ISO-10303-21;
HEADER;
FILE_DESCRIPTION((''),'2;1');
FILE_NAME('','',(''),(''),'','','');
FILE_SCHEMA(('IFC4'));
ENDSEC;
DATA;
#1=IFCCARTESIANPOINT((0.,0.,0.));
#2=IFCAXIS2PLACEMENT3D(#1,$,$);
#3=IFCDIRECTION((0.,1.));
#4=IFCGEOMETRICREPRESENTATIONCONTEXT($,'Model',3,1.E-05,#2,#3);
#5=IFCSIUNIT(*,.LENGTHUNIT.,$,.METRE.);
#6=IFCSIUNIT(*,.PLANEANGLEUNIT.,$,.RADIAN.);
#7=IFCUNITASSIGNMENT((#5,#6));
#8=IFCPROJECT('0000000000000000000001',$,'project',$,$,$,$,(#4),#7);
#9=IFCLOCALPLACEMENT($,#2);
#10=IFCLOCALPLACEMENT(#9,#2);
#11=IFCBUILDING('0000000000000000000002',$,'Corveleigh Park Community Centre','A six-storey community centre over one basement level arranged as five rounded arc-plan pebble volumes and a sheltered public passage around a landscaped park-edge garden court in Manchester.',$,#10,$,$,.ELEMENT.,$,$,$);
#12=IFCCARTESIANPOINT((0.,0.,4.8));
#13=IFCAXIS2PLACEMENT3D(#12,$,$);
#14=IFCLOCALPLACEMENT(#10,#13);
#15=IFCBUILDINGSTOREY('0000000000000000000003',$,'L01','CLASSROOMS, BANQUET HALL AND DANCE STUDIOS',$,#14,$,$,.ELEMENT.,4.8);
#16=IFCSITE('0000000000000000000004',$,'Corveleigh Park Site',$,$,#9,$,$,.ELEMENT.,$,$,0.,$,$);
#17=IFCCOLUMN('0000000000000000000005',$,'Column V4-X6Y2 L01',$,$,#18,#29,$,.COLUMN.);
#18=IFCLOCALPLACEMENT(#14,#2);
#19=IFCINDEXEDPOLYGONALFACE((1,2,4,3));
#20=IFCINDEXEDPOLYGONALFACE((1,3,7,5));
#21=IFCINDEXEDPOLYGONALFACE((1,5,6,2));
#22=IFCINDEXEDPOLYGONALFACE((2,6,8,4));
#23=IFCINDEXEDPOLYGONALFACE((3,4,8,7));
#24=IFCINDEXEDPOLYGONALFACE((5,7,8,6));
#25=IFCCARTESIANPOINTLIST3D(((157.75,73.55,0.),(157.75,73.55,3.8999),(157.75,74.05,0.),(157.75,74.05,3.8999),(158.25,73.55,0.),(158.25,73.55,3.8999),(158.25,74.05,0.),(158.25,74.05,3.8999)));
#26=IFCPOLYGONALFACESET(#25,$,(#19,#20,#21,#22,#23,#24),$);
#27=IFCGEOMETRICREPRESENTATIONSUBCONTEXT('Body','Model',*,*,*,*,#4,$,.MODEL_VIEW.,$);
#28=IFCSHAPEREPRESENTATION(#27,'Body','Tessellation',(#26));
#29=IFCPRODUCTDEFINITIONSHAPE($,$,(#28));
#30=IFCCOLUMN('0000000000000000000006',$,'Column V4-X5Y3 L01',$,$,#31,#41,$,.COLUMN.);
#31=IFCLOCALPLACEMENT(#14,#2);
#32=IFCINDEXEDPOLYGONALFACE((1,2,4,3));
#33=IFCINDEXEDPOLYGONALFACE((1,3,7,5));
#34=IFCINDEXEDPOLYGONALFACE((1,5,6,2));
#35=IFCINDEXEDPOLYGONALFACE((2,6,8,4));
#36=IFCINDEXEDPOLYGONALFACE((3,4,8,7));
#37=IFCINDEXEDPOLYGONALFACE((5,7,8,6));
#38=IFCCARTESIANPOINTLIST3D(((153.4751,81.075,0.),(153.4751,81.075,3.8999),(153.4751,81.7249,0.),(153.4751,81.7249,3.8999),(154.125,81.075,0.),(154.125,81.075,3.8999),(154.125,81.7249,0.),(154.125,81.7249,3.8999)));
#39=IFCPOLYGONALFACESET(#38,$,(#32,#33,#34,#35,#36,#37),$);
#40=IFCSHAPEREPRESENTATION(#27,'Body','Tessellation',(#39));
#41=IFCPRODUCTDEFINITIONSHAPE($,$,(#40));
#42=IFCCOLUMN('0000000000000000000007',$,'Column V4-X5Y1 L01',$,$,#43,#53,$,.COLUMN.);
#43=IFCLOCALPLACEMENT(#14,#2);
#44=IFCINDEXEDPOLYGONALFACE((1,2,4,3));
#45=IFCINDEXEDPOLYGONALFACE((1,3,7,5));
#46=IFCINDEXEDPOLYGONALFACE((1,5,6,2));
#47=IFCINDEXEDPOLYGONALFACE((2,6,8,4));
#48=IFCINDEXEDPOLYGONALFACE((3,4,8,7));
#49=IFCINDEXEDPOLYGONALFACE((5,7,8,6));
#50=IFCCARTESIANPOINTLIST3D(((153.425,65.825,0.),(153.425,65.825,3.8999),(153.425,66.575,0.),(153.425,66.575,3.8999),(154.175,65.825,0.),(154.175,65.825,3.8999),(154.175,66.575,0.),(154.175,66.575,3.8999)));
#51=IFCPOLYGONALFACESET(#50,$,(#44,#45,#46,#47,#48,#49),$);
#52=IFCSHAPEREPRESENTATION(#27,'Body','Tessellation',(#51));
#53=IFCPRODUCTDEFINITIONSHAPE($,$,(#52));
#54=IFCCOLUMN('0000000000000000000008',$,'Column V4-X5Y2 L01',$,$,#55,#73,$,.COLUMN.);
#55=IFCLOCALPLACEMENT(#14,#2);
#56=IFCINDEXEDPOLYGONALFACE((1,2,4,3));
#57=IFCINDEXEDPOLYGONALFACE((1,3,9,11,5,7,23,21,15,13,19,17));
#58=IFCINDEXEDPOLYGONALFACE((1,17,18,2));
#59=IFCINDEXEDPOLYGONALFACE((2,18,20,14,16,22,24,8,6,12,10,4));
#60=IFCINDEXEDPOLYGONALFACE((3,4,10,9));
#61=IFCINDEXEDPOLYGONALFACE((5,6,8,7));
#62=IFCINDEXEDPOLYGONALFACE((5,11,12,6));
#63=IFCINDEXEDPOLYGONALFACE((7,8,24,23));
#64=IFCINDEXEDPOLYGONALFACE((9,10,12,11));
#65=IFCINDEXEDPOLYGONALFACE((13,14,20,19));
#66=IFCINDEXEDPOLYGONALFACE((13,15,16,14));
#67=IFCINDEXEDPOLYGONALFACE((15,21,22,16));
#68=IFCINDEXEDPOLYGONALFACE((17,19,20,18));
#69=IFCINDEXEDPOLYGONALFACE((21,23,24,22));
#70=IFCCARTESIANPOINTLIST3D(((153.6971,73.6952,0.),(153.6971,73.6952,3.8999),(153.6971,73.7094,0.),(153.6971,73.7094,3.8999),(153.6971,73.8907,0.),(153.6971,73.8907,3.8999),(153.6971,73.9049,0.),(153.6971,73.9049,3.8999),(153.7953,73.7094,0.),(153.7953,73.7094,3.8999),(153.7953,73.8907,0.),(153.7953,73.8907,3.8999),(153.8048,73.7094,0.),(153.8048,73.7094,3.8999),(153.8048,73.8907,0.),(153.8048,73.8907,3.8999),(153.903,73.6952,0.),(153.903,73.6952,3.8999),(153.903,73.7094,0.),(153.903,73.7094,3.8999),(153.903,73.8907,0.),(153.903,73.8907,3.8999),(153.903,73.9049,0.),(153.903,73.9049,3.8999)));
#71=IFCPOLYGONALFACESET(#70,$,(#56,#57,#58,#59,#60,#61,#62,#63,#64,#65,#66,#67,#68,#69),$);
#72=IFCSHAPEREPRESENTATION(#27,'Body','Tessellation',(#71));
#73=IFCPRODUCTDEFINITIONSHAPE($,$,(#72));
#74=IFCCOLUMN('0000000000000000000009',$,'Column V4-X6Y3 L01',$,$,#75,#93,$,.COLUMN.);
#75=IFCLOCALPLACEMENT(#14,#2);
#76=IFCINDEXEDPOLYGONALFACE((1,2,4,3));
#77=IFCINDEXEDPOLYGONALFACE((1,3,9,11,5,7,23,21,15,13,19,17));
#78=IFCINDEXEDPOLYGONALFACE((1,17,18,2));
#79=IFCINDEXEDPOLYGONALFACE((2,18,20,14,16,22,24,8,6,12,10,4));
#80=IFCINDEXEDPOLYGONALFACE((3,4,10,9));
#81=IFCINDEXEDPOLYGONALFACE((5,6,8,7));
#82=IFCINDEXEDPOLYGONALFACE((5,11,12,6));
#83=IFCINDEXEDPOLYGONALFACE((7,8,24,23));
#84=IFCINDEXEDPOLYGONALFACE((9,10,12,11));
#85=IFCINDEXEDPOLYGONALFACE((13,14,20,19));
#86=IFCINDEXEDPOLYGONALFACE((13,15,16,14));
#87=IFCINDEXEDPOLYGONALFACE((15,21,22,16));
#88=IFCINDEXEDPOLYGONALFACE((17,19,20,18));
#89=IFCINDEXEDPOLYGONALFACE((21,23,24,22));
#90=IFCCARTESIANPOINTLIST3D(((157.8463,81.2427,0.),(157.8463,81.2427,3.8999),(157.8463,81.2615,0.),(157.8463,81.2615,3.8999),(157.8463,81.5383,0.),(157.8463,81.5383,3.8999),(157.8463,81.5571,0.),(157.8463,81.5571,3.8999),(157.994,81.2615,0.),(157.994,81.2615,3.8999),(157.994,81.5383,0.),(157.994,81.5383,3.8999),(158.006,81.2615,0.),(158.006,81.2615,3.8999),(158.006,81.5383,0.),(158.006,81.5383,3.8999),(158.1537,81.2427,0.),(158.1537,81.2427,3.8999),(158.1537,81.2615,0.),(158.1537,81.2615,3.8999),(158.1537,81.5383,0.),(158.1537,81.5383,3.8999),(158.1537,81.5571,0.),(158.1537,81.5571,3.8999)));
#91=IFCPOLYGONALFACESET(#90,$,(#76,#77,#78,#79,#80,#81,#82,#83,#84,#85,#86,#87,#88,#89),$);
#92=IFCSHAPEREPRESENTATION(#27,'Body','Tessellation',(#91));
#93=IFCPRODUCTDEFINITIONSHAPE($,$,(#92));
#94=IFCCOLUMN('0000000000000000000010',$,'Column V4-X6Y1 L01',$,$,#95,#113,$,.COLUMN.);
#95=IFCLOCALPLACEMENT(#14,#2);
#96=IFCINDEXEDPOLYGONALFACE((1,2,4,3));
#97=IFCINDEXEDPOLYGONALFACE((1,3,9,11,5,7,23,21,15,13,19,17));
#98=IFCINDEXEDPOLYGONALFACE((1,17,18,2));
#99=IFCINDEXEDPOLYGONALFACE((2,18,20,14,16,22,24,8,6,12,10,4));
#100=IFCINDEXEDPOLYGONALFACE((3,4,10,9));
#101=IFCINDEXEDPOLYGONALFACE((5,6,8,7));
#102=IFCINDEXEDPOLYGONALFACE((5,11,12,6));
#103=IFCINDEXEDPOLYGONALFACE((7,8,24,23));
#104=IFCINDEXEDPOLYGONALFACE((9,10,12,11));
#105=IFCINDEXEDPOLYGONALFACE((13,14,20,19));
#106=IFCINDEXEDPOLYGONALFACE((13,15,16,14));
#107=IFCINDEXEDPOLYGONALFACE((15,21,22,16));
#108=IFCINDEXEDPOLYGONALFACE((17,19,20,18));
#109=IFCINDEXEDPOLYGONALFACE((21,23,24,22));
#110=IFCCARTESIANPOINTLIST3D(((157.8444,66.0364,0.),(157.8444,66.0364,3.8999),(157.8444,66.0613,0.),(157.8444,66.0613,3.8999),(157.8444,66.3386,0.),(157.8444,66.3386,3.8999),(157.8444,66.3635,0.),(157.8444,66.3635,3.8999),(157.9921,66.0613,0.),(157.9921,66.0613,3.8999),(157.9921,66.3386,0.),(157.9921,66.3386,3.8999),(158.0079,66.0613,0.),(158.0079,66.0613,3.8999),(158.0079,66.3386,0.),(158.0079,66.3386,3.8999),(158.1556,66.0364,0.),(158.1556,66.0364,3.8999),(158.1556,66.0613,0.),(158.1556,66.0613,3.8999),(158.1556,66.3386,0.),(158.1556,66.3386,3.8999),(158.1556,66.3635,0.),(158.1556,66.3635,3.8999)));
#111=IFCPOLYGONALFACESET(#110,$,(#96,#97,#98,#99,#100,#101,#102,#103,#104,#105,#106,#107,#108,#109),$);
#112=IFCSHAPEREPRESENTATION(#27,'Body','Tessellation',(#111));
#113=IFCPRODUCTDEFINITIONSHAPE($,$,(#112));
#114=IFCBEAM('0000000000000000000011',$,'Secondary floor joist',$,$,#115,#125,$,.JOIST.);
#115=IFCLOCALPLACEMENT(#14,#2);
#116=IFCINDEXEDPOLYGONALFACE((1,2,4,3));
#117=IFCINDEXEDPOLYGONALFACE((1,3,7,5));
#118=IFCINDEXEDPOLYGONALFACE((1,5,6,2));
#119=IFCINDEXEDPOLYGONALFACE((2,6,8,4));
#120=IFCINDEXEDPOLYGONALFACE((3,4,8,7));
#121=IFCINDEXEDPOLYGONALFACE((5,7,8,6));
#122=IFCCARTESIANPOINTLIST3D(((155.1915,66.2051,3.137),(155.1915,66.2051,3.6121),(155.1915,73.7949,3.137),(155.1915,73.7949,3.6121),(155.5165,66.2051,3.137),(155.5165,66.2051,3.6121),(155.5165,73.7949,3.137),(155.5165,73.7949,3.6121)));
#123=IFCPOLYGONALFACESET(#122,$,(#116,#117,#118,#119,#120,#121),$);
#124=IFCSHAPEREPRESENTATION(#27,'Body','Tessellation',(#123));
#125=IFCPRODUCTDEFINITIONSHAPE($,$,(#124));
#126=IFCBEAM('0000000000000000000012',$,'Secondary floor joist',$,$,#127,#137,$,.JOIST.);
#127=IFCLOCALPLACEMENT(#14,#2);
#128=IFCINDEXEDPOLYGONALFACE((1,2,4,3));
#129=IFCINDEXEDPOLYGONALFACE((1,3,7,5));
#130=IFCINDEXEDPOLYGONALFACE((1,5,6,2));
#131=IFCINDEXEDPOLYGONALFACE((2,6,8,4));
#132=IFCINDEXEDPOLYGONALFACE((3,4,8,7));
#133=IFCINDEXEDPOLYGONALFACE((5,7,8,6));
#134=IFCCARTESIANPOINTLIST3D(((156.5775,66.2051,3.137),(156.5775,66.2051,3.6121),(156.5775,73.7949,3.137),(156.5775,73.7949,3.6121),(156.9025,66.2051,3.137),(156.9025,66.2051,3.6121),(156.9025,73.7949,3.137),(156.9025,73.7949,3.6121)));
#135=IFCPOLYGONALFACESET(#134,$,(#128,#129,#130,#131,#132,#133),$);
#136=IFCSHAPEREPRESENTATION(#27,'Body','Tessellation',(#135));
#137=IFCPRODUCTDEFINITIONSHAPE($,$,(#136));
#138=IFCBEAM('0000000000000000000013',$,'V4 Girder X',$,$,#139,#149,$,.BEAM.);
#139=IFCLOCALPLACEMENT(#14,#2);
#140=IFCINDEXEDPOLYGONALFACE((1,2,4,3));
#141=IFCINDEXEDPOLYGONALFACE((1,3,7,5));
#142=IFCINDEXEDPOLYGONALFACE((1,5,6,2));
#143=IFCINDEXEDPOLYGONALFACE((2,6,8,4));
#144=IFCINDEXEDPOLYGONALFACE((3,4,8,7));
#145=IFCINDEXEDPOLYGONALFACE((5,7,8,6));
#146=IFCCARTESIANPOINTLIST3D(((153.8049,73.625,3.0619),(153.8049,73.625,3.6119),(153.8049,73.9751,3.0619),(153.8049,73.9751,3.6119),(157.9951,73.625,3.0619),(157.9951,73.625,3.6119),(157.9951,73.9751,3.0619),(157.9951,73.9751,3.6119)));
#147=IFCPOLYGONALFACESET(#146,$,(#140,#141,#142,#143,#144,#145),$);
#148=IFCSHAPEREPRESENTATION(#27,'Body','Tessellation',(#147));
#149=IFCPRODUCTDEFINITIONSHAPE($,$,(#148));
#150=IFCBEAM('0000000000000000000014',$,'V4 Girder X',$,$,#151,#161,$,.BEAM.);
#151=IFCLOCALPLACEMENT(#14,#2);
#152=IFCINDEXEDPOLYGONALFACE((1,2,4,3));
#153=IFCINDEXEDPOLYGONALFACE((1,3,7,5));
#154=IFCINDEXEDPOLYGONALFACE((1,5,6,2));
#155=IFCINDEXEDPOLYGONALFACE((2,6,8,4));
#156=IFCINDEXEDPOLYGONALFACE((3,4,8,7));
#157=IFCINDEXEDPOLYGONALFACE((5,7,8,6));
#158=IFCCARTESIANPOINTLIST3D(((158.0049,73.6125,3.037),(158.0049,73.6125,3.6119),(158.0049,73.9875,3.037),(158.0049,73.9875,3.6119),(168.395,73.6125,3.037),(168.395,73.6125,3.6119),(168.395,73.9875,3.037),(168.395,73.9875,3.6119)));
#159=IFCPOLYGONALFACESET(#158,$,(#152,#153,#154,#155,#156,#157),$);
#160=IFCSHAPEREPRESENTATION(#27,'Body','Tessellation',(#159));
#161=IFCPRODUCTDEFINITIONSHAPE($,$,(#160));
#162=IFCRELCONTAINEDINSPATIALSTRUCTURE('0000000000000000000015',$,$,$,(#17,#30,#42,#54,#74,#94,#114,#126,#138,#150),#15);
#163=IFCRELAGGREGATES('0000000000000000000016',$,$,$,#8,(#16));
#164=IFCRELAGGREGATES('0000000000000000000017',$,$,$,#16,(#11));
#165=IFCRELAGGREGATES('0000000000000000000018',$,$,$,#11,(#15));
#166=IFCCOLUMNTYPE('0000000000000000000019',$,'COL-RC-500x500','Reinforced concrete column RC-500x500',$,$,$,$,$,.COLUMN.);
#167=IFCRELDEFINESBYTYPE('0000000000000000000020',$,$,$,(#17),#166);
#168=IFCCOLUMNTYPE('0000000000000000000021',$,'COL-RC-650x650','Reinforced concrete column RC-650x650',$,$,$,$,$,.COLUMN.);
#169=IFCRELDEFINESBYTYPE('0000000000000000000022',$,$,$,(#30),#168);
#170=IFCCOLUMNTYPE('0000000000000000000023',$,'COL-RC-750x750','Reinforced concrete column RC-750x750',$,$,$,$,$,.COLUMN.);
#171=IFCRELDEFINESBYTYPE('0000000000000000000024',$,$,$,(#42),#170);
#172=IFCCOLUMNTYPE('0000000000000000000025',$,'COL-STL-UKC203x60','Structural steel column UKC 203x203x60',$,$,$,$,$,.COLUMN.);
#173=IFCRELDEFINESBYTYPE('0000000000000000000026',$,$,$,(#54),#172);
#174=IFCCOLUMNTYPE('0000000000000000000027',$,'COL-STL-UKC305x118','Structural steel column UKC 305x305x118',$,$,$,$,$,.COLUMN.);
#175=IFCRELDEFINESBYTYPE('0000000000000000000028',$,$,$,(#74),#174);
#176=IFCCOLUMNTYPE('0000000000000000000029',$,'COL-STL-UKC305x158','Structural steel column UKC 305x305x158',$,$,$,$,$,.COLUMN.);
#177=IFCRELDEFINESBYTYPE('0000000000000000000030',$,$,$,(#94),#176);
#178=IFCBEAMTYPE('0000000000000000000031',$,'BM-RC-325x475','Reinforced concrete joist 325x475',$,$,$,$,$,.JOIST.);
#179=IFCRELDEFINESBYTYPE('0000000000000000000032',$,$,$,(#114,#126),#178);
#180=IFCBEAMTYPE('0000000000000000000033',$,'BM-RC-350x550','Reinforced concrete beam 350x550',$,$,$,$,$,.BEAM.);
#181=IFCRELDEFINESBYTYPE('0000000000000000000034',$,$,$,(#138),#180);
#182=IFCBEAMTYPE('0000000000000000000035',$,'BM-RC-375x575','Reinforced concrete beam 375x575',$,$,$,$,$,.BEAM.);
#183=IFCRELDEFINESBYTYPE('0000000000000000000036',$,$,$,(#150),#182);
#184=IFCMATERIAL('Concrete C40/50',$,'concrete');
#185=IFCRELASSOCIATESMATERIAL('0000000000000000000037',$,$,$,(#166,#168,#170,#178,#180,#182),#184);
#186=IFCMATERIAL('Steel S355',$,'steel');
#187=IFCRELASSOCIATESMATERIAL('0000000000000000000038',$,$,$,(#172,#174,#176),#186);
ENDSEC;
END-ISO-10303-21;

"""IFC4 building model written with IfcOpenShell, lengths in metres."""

from ifc_helpers import new_model, si_unit, direction, frame, origin, origin_2d, place, context, subcontext, project, spatial, rectangle, i_section, extrude, material, material_profile, profile_set, type_object, element, save


model = new_model("IFC4")

# Units and contexts
model_context = context("Model", 3, precision=1e-05, world=origin(), true_north=direction((0.0, 1.0)))
body_context = subcontext(model_context, "Body", "Model", "MODEL_VIEW")
ifc_project = project(units=[si_unit("LENGTHUNIT", "METRE"), si_unit("PLANEANGLEUNIT", "RADIAN")], contexts=[model_context])

# Site, building, storey
site_placement = place(None, origin())
site = spatial("IfcSite", under=ifc_project, at=site_placement, Name="Corveleigh Park Site", CompositionType="ELEMENT", RefElevation=0.0)
building_placement = place(site_placement, origin())
building = spatial("IfcBuilding", under=site, at=building_placement, Name="Corveleigh Park Community Centre", Description="A six-storey community centre over one basement level arranged as five rounded arc-plan pebble volumes and a sheltered public passage around a landscaped park-edge garden court in Manchester.", CompositionType="ELEMENT")
storey_placement = place(building_placement, frame((0.0, 0.0, 4.8)))
storey = spatial("IfcBuildingStorey", under=building, at=storey_placement, Name="L01", Description="CLASSROOMS, BANQUET HALL AND DANCE STUDIOS", CompositionType="ELEMENT", Elevation=4.8)

# Columns
ifc_material_1 = material(Name="Concrete C40/50", Category="concrete")
ifc_material_profile_1 = material_profile(ifc_material_1, rectangle(XDim=0.5, YDim=0.5, at=origin_2d()), Name="RC-500x500", Category="concrete")
ifc_profile_set_1 = profile_set([ifc_material_profile_1], Name="Concrete C40/50")
column_type_1 = type_object("IfcColumnType", Name="COL-RC-500x500", Description="Reinforced concrete column RC-500x500", PredefinedType="COLUMN", material=ifc_profile_set_1)
column_1_placement = place(storey_placement, frame((158.0, 73.8, 0.0), z_axis=(0.0, 0.0, 1.0), x_axis=(1.0, 0.0, 0.0)))
element("IfcColumn", 1, at=column_1_placement, inside=storey, type_object=column_type_1, Name="Column V4-X6Y2 L01", PredefinedType="COLUMN", context=body_context, shape_type="SweptSolid", body=[
    extrude(rectangle(XDim=0.5, YDim=0.5, at=origin_2d()), origin(), (0.0, 0.0, 1.0), 3.8999),
])
ifc_material_profile_2 = material_profile(ifc_material_1, rectangle(XDim=0.6499, YDim=0.6499, at=origin_2d()), Name="RC-650x650", Category="concrete")
ifc_profile_set_2 = profile_set([ifc_material_profile_2], Name="Concrete C40/50")
column_type_2 = type_object("IfcColumnType", Name="COL-RC-650x650", Description="Reinforced concrete column RC-650x650", PredefinedType="COLUMN", material=ifc_profile_set_2)
column_2_placement = place(storey_placement, frame((153.8, 81.3999, 0.0), z_axis=(0.0, 0.0, 1.0), x_axis=(1.0, 0.0, 0.0)))
element("IfcColumn", 2, at=column_2_placement, inside=storey, type_object=column_type_2, Name="Column V4-X5Y3 L01", PredefinedType="COLUMN", context=body_context, shape_type="SweptSolid", body=[
    extrude(rectangle(XDim=0.6499, YDim=0.6499, at=origin_2d()), origin(), (0.0, 0.0, 1.0), 3.8999),
])
ifc_material_profile_3 = material_profile(ifc_material_1, rectangle(XDim=0.75, YDim=0.75, at=origin_2d()), Name="RC-750x750", Category="concrete")
ifc_profile_set_3 = profile_set([ifc_material_profile_3], Name="Concrete C40/50")
column_type_3 = type_object("IfcColumnType", Name="COL-RC-750x750", Description="Reinforced concrete column RC-750x750", PredefinedType="COLUMN", material=ifc_profile_set_3)
column_3_placement = place(storey_placement, frame((153.8, 66.2, 0.0), z_axis=(0.0, 0.0, 1.0), x_axis=(1.0, 0.0, 0.0)))
element("IfcColumn", 3, at=column_3_placement, inside=storey, type_object=column_type_3, Name="Column V4-X5Y1 L01", PredefinedType="COLUMN", context=body_context, shape_type="SweptSolid", body=[
    extrude(rectangle(XDim=0.75, YDim=0.75, at=origin_2d()), origin(), (0.0, 0.0, 1.0), 3.8999),
])
ifc_material_2 = material(Name="Steel S355", Category="steel")
ifc_material_profile_4 = material_profile(ifc_material_2, i_section(OverallWidth=0.2058, OverallDepth=0.2097, WebThickness=0.0095, FlangeThickness=0.0142, at=origin_2d()), Name="UKC 203x203x60", Category="steel")
ifc_profile_set_4 = profile_set([ifc_material_profile_4], Name="Steel S355")
column_type_4 = type_object("IfcColumnType", Name="COL-STL-UKC203x60", Description="Structural steel column UKC 203x203x60", PredefinedType="COLUMN", material=ifc_profile_set_4)
column_4_placement = place(storey_placement, frame((153.8, 73.8, 0.0), z_axis=(0.0, 0.0, 1.0), x_axis=(1.0, 0.0, 0.0)))
element("IfcColumn", 4, at=column_4_placement, inside=storey, type_object=column_type_4, Name="Column V4-X5Y2 L01", PredefinedType="COLUMN", context=body_context, shape_type="SweptSolid", body=[
    extrude(i_section(OverallWidth=0.2058, OverallDepth=0.2097, WebThickness=0.0095, FlangeThickness=0.0142, at=origin_2d()), origin(), (0.0, 0.0, 1.0), 3.8999),
])
ifc_material_profile_5 = material_profile(ifc_material_2, i_section(OverallWidth=0.3074, OverallDepth=0.3145, WebThickness=0.012, FlangeThickness=0.0188, at=origin_2d()), Name="UKC 305x305x118", Category="steel")
ifc_profile_set_5 = profile_set([ifc_material_profile_5], Name="Steel S355")
column_type_5 = type_object("IfcColumnType", Name="COL-STL-UKC305x118", Description="Structural steel column UKC 305x305x118", PredefinedType="COLUMN", material=ifc_profile_set_5)
column_5_placement = place(storey_placement, frame((158.0, 81.3999, 0.0), z_axis=(0.0, 0.0, 1.0), x_axis=(1.0, 0.0, 0.0)))
element("IfcColumn", 5, at=column_5_placement, inside=storey, type_object=column_type_5, Name="Column V4-X6Y3 L01", PredefinedType="COLUMN", context=body_context, shape_type="SweptSolid", body=[
    extrude(i_section(OverallWidth=0.3074, OverallDepth=0.3145, WebThickness=0.012, FlangeThickness=0.0188, at=origin_2d()), origin(), (0.0, 0.0, 1.0), 3.8999),
])
ifc_material_profile_6 = material_profile(ifc_material_2, i_section(OverallWidth=0.3113, OverallDepth=0.3271, WebThickness=0.0159, FlangeThickness=0.0249, at=origin_2d()), Name="UKC 305x305x158", Category="steel")
ifc_profile_set_6 = profile_set([ifc_material_profile_6], Name="Steel S355")
column_type_6 = type_object("IfcColumnType", Name="COL-STL-UKC305x158", Description="Structural steel column UKC 305x305x158", PredefinedType="COLUMN", material=ifc_profile_set_6)
column_6_placement = place(storey_placement, frame((158.0, 66.2, 0.0), z_axis=(0.0, 0.0, 1.0), x_axis=(1.0, 0.0, 0.0)))
element("IfcColumn", 6, at=column_6_placement, inside=storey, type_object=column_type_6, Name="Column V4-X6Y1 L01", PredefinedType="COLUMN", context=body_context, shape_type="SweptSolid", body=[
    extrude(i_section(OverallWidth=0.3113, OverallDepth=0.3271, WebThickness=0.0159, FlangeThickness=0.0249, at=origin_2d()), origin(), (0.0, 0.0, 1.0), 3.8999),
])

# Beams
ifc_material_profile_7 = material_profile(ifc_material_1, rectangle(XDim=0.325, YDim=0.4751, at=origin_2d()), Name="RC-325x475", Category="concrete")
ifc_profile_set_7 = profile_set([ifc_material_profile_7], Name="Concrete C40/50")
beam_type_1 = type_object("IfcBeamType", Name="BM-RC-325x475", Description="Reinforced concrete joist 325x475", PredefinedType="JOIST", material=ifc_profile_set_7)
for number, where, z_axis, x_axis, name in (
    (7, (155.354, 66.2051, 3.3745), (0.0, 1.0, 0.0), (-1.0, 0.0, 0.0), "Secondary floor joist"),
    (8, (156.74, 66.2051, 3.3745), (0.0, 1.0, 0.0), (-1.0, 0.0, 0.0), "Secondary floor joist"),
):
    element("IfcBeam", number, at=place(storey_placement, frame(where, z_axis=z_axis, x_axis=x_axis)), inside=storey, type_object=beam_type_1, Name=name, PredefinedType="JOIST", context=body_context, shape_type="SweptSolid", body=[
        extrude(rectangle(XDim=0.325, YDim=0.4751, at=origin_2d()), origin(), (0.0, 0.0, 1.0), 7.5898),
    ])
ifc_material_profile_8 = material_profile(ifc_material_1, rectangle(XDim=0.3501, YDim=0.55, at=origin_2d()), Name="RC-350x550", Category="concrete")
ifc_profile_set_8 = profile_set([ifc_material_profile_8], Name="Concrete C40/50")
beam_type_2 = type_object("IfcBeamType", Name="BM-RC-350x550", Description="Reinforced concrete beam 350x550", PredefinedType="BEAM", material=ifc_profile_set_8)
beam_1_placement = place(storey_placement, frame((153.8049, 73.8, 3.3369), z_axis=(1.0, 0.0, 0.0), x_axis=(0.0, 1.0, 0.0)))
element("IfcBeam", 9, at=beam_1_placement, inside=storey, type_object=beam_type_2, Name="V4 Girder X", PredefinedType="BEAM", context=body_context, shape_type="SweptSolid", body=[
    extrude(rectangle(XDim=0.3501, YDim=0.55, at=origin_2d()), origin(), (0.0, 0.0, 1.0), 4.1902),
])
ifc_material_profile_9 = material_profile(ifc_material_1, rectangle(XDim=0.375, YDim=0.575, at=origin_2d()), Name="RC-375x575", Category="concrete")
ifc_profile_set_9 = profile_set([ifc_material_profile_9], Name="Concrete C40/50")
beam_type_3 = type_object("IfcBeamType", Name="BM-RC-375x575", Description="Reinforced concrete beam 375x575", PredefinedType="BEAM", material=ifc_profile_set_9)
beam_2_placement = place(storey_placement, frame((158.0049, 73.8, 3.3245), z_axis=(1.0, 0.0, 0.0), x_axis=(0.0, 1.0, 0.0)))
element("IfcBeam", 10, at=beam_2_placement, inside=storey, type_object=beam_type_3, Name="V4 Girder X", PredefinedType="BEAM", context=body_context, shape_type="SweptSolid", body=[
    extrude(rectangle(XDim=0.375, YDim=0.575, at=origin_2d()), origin(), (0.0, 0.0, 1.0), 10.3901),
])

save(model, "model.ifc")
